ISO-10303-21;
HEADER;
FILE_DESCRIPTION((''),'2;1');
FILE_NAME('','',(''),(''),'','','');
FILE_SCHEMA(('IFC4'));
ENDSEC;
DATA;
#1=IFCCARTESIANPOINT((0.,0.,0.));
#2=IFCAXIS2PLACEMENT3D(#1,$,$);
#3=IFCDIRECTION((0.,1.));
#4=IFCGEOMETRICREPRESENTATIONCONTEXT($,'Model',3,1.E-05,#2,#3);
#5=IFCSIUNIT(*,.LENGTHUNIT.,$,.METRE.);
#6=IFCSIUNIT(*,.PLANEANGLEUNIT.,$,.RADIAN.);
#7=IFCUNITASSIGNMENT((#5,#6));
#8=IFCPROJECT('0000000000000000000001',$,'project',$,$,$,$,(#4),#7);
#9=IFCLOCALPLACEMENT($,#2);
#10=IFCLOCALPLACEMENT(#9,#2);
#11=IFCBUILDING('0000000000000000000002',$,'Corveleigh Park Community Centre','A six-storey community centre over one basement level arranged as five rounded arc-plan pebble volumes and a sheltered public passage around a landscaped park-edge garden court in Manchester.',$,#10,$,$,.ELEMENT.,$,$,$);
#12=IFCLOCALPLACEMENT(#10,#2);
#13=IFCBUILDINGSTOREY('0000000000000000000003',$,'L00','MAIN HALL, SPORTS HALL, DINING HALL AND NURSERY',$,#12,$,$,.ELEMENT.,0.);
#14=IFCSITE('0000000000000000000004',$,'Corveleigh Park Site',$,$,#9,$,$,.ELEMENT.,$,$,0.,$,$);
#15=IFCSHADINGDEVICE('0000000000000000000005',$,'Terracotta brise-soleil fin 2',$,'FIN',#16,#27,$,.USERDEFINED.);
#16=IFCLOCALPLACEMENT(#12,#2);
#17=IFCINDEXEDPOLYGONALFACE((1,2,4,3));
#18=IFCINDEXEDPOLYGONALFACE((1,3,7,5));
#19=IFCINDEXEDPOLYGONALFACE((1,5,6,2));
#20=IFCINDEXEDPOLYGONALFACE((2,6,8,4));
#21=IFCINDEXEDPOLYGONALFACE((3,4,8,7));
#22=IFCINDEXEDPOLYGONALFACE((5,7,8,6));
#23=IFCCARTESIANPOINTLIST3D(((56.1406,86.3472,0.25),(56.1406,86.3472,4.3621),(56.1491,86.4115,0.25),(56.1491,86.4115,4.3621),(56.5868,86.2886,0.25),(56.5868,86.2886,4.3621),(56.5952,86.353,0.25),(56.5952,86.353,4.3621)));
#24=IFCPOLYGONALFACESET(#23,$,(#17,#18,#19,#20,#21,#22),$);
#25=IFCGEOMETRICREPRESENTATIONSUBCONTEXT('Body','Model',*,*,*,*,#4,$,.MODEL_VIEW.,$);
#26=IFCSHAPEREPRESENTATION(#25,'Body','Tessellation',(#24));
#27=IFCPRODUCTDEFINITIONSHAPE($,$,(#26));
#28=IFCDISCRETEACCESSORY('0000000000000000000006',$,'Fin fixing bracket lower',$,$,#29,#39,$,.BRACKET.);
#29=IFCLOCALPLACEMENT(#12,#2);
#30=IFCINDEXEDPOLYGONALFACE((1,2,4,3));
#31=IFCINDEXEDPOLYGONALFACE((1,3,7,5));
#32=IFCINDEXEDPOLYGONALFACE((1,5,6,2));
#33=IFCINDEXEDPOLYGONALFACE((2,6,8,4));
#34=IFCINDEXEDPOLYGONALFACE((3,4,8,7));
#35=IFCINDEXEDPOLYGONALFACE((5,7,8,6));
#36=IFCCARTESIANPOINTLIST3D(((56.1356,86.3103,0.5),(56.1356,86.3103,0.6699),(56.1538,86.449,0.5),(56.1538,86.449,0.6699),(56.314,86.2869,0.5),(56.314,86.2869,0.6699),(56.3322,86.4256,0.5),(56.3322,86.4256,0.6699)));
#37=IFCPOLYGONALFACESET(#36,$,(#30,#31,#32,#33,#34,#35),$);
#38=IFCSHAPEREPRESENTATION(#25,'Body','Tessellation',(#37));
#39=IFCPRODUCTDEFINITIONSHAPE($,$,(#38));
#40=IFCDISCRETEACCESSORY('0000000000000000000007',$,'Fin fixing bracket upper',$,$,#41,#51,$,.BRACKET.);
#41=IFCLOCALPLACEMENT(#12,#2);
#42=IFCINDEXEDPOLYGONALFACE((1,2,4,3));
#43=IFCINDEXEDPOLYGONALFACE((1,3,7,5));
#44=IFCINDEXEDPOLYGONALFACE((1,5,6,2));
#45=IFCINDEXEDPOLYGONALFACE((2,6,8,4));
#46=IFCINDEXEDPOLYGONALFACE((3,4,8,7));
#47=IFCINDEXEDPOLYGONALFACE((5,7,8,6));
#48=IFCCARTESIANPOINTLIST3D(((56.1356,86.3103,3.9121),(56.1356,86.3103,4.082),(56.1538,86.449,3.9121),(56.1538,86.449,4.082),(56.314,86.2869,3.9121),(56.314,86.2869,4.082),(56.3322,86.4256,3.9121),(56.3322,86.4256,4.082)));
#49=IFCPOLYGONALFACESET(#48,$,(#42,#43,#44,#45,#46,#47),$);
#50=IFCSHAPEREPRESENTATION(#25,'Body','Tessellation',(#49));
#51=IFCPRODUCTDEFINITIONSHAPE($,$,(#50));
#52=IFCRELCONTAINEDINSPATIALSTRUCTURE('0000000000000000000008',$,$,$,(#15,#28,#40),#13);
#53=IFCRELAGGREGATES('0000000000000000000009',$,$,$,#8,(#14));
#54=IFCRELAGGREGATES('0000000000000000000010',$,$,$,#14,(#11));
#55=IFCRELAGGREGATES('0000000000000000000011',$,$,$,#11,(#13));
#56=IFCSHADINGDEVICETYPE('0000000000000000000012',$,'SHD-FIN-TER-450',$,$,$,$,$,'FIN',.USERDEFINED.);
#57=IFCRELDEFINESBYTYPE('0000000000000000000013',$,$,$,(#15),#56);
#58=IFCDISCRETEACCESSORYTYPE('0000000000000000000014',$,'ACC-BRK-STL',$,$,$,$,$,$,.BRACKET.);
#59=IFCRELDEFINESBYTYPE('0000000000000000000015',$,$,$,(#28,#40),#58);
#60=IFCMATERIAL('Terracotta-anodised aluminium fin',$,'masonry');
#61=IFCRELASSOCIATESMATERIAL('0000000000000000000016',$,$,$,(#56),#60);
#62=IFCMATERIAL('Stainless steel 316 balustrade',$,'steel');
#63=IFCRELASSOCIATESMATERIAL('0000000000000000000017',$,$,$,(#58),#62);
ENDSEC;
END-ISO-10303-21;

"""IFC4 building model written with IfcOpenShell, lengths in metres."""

from ifc_helpers import new_model, si_unit, direction, frame, origin, origin_2d, place, context, subcontext, project, spatial, rectangle, extrude, material, type_object, element, save


model = new_model("IFC4")

# Units and contexts
model_context = context("Model", 3, precision=1e-05, world=origin(), true_north=direction((0.0, 1.0)))
body_context = subcontext(model_context, "Body", "Model", "MODEL_VIEW")
ifc_project = project(units=[si_unit("LENGTHUNIT", "METRE"), si_unit("PLANEANGLEUNIT", "RADIAN")], contexts=[model_context])

# Site, building, storey
site_placement = place(None, origin())
site = spatial("IfcSite", under=ifc_project, at=site_placement, Name="Corveleigh Park Site", CompositionType="ELEMENT", RefElevation=0.0)
building_placement = place(site_placement, origin())
building = spatial("IfcBuilding", under=site, at=building_placement, Name="Corveleigh Park Community Centre", Description="A six-storey community centre over one basement level arranged as five rounded arc-plan pebble volumes and a sheltered public passage around a landscaped park-edge garden court in Manchester.", CompositionType="ELEMENT")
storey_placement = place(building_placement, origin())
storey = spatial("IfcBuildingStorey", under=building, at=storey_placement, Name="L00", Description="MAIN HALL, SPORTS HALL, DINING HALL AND NURSERY", CompositionType="ELEMENT", Elevation=0.0)

# Shading device
ifc_material_1 = material(Name="Terracotta-anodised aluminium fin", Category="masonry")
shading_device_type = type_object("IfcShadingDeviceType", Name="SHD-FIN-TER-450", ElementType="FIN", PredefinedType="USERDEFINED", material=ifc_material_1)
shading_device_placement = place(storey_placement, frame((56.3679, 86.3501, 0.25), z_axis=(0.0, 0.0, 1.0), x_axis=(0.991509, -0.130041, 0.0)))
element("IfcShadingDevice", 1, at=shading_device_placement, inside=storey, type_object=shading_device_type, Name="Terracotta brise-soleil fin 2", ObjectType="FIN", PredefinedType="USERDEFINED", context=body_context, shape_type="SweptSolid", body=[
    extrude(rectangle(XDim=0.45, YDim=0.0649, at=origin_2d()), origin(), (0.0, 0.0, 1.0), 4.1121),
])

# Discrete accessories
ifc_material_2 = material(Name="Stainless steel 316 balustrade", Category="steel")
discrete_accessory_type = type_object("IfcDiscreteAccessoryType", Name="ACC-BRK-STL", PredefinedType="BRACKET", material=ifc_material_2)
for number, where, z_axis, x_axis, name in (
    (2, (56.2339, 86.3679, 0.5), (0.0, 0.0, 1.0), (0.991509, -0.130041, 0.0), "Fin fixing bracket lower"),
    (3, (56.2339, 86.3679, 3.9121), (0.0, 0.0, 1.0), (0.991509, -0.130041, 0.0), "Fin fixing bracket upper"),
):
    element("IfcDiscreteAccessory", number, at=place(storey_placement, frame(where, z_axis=z_axis, x_axis=x_axis)), inside=storey, type_object=discrete_accessory_type, Name=name, PredefinedType="BRACKET", context=body_context, shape_type="SweptSolid", body=[
        extrude(rectangle(XDim=0.1799, YDim=0.1399, at=origin_2d()), origin(), (0.0, 0.0, 1.0), 0.1699),
    ])

save(model, "model.ifc")
